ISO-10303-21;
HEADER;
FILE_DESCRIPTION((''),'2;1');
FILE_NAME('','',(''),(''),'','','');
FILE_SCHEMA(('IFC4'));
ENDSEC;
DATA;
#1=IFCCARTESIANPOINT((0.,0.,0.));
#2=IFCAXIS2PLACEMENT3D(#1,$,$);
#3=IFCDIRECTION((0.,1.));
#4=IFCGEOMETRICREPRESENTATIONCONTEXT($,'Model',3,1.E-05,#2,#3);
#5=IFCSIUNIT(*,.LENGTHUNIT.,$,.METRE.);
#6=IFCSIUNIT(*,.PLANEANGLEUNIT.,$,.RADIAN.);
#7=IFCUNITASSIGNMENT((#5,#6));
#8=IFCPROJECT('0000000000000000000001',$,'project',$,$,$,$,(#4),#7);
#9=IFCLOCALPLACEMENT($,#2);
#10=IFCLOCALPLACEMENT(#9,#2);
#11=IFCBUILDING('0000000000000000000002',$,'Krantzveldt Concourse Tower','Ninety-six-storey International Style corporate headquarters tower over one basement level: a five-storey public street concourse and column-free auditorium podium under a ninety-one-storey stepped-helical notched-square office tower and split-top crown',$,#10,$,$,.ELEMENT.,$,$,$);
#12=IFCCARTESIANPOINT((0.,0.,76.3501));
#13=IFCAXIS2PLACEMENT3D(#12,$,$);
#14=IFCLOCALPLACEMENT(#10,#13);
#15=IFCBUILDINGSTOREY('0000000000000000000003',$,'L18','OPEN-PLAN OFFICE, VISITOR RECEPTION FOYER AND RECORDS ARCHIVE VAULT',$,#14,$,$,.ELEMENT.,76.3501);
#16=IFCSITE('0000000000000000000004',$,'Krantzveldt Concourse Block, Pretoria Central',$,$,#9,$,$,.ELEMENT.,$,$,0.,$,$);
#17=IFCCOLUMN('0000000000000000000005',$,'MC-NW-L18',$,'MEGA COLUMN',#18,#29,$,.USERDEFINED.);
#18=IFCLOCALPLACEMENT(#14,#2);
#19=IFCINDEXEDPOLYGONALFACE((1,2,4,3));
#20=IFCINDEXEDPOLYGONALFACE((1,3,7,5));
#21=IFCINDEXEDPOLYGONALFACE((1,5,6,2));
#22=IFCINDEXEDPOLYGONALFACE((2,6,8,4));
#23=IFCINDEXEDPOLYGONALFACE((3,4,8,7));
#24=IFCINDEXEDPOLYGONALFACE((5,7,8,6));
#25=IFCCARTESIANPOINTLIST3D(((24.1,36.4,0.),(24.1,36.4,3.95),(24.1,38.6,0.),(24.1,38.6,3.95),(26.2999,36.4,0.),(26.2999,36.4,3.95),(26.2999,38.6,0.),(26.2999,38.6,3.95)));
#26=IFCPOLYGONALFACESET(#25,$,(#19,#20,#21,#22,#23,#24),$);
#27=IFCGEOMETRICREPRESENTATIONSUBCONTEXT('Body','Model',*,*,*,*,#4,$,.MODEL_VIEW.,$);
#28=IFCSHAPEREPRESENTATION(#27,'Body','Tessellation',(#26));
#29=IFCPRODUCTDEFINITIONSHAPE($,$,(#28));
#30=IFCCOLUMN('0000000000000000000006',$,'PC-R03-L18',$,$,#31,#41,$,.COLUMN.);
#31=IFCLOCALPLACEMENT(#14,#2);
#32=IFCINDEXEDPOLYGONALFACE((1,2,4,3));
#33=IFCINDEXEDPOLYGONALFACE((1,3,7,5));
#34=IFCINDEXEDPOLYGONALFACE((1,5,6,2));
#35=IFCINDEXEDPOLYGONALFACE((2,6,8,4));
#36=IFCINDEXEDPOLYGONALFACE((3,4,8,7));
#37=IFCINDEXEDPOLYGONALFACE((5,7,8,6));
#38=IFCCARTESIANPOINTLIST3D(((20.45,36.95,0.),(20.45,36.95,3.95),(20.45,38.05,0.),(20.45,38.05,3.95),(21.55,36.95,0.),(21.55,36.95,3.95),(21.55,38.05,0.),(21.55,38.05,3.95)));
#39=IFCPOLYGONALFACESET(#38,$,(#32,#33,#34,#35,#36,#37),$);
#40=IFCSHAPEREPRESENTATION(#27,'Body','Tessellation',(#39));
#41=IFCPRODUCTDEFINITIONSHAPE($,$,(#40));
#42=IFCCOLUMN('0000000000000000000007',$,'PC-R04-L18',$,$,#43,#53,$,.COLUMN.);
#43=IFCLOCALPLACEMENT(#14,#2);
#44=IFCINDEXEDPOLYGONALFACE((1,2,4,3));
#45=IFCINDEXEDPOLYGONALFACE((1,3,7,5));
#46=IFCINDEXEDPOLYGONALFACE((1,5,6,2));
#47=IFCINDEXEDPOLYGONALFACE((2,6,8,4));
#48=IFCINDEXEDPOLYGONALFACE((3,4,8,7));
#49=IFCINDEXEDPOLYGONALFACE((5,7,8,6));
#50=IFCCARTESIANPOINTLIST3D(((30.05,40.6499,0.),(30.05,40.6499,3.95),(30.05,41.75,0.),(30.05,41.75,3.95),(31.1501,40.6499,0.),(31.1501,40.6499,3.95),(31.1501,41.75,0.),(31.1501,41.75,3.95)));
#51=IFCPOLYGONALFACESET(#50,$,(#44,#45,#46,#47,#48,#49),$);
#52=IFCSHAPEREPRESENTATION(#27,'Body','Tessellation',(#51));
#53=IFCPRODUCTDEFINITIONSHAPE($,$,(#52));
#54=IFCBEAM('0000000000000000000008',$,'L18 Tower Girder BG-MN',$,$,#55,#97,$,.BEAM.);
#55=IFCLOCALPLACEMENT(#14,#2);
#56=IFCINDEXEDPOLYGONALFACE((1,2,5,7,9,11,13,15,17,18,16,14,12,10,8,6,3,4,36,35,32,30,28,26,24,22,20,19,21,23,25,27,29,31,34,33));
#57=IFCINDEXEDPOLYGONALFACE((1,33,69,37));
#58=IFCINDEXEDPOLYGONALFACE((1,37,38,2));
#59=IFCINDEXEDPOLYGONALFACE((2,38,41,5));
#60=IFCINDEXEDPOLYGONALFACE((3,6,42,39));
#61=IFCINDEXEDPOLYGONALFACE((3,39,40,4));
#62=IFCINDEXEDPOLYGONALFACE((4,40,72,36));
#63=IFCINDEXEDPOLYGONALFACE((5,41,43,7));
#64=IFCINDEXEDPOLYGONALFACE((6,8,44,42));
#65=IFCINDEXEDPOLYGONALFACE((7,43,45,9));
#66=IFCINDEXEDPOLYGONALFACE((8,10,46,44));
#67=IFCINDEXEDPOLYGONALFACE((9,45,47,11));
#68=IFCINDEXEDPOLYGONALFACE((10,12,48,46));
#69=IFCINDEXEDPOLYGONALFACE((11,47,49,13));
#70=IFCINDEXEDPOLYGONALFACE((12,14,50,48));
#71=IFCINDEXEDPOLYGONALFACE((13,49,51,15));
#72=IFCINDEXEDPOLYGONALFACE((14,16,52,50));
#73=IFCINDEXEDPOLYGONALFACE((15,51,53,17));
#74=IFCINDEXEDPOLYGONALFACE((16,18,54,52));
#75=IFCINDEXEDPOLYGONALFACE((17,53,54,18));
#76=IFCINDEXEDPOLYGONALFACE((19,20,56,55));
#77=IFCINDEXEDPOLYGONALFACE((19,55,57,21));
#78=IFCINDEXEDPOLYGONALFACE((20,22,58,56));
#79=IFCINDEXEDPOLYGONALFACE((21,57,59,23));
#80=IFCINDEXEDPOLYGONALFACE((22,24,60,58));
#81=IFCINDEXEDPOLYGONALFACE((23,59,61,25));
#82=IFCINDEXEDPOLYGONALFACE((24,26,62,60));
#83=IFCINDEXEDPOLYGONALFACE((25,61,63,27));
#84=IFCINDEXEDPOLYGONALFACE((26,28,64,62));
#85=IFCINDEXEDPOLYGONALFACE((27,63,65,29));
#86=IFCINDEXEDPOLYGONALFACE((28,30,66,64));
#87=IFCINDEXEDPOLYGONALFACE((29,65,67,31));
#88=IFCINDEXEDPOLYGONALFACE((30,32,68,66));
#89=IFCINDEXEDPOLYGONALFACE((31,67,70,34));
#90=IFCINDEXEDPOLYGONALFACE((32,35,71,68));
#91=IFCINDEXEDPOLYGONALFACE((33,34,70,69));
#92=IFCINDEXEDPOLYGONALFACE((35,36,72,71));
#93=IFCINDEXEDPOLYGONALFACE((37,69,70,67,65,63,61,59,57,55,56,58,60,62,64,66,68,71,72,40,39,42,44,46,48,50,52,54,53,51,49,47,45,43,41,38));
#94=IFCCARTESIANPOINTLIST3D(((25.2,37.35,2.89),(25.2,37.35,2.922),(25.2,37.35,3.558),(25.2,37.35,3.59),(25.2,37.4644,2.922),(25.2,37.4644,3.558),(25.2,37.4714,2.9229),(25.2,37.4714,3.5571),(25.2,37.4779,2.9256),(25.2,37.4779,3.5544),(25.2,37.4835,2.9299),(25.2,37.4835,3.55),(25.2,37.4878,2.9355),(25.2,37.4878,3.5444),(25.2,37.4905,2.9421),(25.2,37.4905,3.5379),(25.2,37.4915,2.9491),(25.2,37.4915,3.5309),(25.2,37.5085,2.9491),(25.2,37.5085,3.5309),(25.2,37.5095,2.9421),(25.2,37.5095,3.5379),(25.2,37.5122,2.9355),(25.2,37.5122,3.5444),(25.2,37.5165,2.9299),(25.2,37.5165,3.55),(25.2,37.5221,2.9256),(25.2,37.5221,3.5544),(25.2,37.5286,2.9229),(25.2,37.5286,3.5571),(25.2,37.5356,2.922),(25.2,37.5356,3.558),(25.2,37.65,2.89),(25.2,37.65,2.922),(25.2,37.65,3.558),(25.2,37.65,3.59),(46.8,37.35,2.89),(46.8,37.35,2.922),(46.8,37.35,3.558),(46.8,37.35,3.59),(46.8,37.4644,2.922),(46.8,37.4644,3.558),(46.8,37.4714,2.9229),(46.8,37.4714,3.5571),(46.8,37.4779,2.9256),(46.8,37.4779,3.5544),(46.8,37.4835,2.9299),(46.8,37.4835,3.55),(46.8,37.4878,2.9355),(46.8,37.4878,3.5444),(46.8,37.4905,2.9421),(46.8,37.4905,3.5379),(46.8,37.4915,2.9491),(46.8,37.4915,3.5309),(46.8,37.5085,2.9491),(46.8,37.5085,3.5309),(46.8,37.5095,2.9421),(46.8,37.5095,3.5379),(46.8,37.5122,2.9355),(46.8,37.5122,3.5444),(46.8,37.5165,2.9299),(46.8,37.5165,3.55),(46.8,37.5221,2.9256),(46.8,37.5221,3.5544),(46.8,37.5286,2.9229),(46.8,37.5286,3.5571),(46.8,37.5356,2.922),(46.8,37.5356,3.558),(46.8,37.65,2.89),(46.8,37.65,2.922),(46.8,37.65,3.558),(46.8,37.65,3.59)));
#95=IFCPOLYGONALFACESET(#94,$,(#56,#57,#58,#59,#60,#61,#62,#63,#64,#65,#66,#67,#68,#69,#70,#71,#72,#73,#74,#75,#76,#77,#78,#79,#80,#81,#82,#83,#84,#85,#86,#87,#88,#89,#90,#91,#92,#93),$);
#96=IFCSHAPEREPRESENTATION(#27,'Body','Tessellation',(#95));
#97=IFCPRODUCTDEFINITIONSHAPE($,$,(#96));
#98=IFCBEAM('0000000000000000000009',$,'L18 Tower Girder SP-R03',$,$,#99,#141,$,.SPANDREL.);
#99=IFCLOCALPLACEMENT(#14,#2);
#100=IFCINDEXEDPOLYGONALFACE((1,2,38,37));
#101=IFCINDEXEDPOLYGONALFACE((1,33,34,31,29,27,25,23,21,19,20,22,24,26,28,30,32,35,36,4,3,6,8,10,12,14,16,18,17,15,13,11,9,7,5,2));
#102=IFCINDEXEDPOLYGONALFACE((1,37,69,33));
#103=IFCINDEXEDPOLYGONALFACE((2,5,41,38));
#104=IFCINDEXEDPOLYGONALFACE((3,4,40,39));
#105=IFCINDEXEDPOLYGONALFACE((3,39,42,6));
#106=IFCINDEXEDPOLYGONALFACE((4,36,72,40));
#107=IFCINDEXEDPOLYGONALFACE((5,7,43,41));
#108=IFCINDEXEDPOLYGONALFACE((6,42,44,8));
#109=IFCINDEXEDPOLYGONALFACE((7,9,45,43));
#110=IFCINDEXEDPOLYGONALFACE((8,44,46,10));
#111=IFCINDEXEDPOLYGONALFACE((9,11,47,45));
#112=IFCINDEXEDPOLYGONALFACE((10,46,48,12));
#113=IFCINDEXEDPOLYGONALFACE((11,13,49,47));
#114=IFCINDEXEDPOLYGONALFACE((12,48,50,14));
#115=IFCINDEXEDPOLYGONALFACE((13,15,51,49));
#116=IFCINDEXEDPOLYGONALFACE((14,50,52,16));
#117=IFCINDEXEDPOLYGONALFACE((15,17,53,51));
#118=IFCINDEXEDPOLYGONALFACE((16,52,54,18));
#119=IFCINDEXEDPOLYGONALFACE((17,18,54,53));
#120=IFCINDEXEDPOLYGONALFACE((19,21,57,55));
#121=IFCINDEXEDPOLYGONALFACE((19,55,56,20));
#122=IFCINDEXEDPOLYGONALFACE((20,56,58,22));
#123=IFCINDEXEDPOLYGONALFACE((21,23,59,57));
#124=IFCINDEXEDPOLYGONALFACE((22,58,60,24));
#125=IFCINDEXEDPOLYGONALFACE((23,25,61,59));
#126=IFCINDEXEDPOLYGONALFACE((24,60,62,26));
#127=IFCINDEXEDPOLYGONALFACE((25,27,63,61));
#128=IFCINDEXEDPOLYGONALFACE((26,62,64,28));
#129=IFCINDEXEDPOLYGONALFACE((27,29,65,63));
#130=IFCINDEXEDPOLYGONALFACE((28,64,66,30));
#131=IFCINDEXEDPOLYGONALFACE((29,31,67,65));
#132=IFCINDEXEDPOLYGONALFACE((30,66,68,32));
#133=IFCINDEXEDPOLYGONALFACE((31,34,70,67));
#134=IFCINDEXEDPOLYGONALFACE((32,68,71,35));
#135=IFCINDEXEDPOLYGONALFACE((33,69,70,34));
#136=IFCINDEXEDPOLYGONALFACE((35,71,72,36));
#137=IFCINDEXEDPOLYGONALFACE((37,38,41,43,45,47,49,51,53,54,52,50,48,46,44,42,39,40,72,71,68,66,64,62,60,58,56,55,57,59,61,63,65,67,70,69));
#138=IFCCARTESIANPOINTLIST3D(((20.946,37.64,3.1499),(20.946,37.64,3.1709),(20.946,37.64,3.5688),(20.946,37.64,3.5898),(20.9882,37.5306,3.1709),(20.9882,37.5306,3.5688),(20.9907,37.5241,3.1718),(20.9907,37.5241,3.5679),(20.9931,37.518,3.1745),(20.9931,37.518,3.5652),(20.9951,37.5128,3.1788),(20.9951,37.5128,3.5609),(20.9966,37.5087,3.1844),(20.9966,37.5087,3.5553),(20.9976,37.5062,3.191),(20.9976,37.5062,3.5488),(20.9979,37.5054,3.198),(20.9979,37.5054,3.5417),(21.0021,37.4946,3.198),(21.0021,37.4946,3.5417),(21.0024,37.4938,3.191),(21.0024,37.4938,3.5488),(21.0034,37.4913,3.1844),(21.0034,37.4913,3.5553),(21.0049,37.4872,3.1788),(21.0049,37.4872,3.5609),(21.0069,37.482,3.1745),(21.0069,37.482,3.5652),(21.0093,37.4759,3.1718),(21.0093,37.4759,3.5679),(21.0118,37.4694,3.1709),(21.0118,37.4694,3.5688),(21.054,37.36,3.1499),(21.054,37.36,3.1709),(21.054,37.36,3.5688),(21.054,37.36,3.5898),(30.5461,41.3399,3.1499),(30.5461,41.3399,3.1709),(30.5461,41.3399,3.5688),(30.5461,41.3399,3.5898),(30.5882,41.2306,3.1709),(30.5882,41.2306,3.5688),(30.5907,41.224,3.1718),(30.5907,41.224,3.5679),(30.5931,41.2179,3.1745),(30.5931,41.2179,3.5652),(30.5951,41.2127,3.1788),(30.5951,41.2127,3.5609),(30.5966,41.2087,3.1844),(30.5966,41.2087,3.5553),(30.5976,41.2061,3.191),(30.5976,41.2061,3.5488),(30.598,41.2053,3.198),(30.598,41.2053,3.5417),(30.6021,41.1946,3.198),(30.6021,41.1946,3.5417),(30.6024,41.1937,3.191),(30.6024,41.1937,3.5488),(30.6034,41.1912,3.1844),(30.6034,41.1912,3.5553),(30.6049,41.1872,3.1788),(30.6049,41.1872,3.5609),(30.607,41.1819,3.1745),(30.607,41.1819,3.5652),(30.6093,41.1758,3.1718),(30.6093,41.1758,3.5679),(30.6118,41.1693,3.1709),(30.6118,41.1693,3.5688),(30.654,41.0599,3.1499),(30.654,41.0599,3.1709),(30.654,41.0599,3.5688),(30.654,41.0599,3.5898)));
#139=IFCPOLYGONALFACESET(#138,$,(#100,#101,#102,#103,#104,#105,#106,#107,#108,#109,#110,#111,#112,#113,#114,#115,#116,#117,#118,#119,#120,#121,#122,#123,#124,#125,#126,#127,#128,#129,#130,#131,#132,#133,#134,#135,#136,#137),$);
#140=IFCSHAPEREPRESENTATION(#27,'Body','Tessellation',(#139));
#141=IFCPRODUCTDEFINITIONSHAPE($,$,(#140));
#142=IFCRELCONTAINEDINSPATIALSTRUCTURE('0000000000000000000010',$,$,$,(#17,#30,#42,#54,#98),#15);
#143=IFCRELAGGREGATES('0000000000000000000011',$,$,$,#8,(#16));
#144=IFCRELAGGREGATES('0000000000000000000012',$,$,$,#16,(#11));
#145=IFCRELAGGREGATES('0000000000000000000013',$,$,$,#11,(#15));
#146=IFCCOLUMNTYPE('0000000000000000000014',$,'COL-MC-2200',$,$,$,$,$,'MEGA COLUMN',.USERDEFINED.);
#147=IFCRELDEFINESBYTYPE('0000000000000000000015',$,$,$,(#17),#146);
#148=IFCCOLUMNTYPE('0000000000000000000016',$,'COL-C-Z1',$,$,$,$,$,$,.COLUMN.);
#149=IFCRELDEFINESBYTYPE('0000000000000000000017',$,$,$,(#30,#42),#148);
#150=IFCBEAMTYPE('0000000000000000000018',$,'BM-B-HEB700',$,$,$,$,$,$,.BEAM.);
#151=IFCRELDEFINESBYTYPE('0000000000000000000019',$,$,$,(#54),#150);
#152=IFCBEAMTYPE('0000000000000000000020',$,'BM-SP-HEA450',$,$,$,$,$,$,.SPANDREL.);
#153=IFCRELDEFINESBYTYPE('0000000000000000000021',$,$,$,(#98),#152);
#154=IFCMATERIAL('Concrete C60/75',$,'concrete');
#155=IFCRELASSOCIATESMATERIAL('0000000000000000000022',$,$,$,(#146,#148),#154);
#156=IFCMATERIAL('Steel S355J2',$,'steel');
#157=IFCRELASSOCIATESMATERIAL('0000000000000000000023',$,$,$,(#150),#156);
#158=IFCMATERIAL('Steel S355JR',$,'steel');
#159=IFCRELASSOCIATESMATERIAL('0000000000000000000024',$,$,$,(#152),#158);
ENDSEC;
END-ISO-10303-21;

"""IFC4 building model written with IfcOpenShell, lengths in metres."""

from ifc_helpers import new_model, si_unit, direction, frame, origin, origin_2d, place, context, subcontext, project, spatial, rectangle, i_section, extrude, source, transform, mapped, material, material_profile, profile_set, type_object, type_shapes, element, save


model = new_model("IFC4")

# Units and contexts
model_context = context("Model", 3, precision=1e-05, world=origin(), true_north=direction((0.0, 1.0)))
body_context = subcontext(model_context, "Body", "Model", "MODEL_VIEW")
ifc_project = project(units=[si_unit("LENGTHUNIT", "METRE"), si_unit("PLANEANGLEUNIT", "RADIAN")], contexts=[model_context])

# Site, building, storey
site_placement = place(None, origin())
site = spatial("IfcSite", under=ifc_project, at=site_placement, Name="Krantzveldt Concourse Block, Pretoria Central", CompositionType="ELEMENT", RefElevation=0.0)
building_placement = place(site_placement, origin())
building = spatial("IfcBuilding", under=site, at=building_placement, Name="Krantzveldt Concourse Tower", Description="Ninety-six-storey International Style corporate headquarters tower over one basement level: a five-storey public street concourse and column-free auditorium podium under a ninety-one-storey stepped-helical notched-square office tower and split-top crown", CompositionType="ELEMENT")
storey_placement = place(building_placement, frame((0.0, 0.0, 76.3501)))
storey = spatial("IfcBuildingStorey", under=building, at=storey_placement, Name="L18", Description="OPEN-PLAN OFFICE, VISITOR RECEPTION FOYER AND RECORDS ARCHIVE VAULT", CompositionType="ELEMENT", Elevation=76.3501)

# Columns
ifc_material_1 = material(Name="Concrete C60/75", Category="concrete")
ifc_material_profile_1 = material_profile(ifc_material_1, rectangle(XDim=2.2, YDim=2.2, at=origin_2d()), Name="Concrete C60/75", Category="concrete")
ifc_profile_set_1 = profile_set([ifc_material_profile_1], Name="Concrete C60/75 - RC 2200x2200")
column_type_1 = type_object("IfcColumnType", Name="COL-MC-2200", ElementType="MEGA COLUMN", PredefinedType="USERDEFINED", material=ifc_profile_set_1)
shared_shape_1 = source(origin(), body_context, "Body", "SweptSolid", [
    extrude(rectangle(XDim=2.2, YDim=2.2, at=origin_2d()), origin(), (0.0, 0.0, 1.0), 3.95),
])
type_shapes(column_type_1, [shared_shape_1])
column_placement = place(storey_placement, frame((25.2, 37.5, 0.0), z_axis=(0.0, 0.0, 1.0), x_axis=(1.0, 0.0, 0.0)))
element("IfcColumn", 1, at=column_placement, inside=storey, type_object=column_type_1, Name="MC-NW-L18", ObjectType="MEGA COLUMN", PredefinedType="USERDEFINED", context=body_context, shape_type="MappedRepresentation", body=[
    mapped(shared_shape_1, transform((0.0, 0.0, 0.0), x_axis=(1.0, 0.0, 0.0), y_axis=(0.0, 1.0, 0.0), z_axis=(0.0, 0.0, 1.0), scale=1.0)),
])
ifc_material_profile_2 = material_profile(ifc_material_1, rectangle(XDim=1.1001, YDim=1.1001, at=origin_2d()), Name="Concrete C60/75", Category="concrete")
ifc_profile_set_2 = profile_set([ifc_material_profile_2], Name="Concrete C60/75 - RC 1100x1100")
column_type_2 = type_object("IfcColumnType", Name="COL-C-Z1", PredefinedType="COLUMN", material=ifc_profile_set_2)
shared_shape_2 = source(origin(), body_context, "Body", "SweptSolid", [
    extrude(rectangle(XDim=1.1001, YDim=1.1001, at=origin_2d()), origin(), (0.0, 0.0, 1.0), 3.95),
])
type_shapes(column_type_2, [shared_shape_2])
for number, where, z_axis, x_axis, name in (
    (2, (21.0, 37.5, 0.0), (0.0, 0.0, 1.0), (1.0, 0.0, 0.0), "PC-R03-L18"),
    (3, (30.6001, 41.2, 0.0), (0.0, 0.0, 1.0), (1.0, 0.0, 0.0), "PC-R04-L18"),
):
    element("IfcColumn", number, at=place(storey_placement, frame(where, z_axis=z_axis, x_axis=x_axis)), inside=storey, type_object=column_type_2, Name=name, PredefinedType="COLUMN", context=body_context, shape_type="MappedRepresentation", body=[
        mapped(shared_shape_2, transform((0.0, 0.0, 0.0), x_axis=(1.0, 0.0, 0.0), y_axis=(0.0, 1.0, 0.0), z_axis=(0.0, 0.0, 1.0), scale=1.0)),
    ])

# Beams
ifc_material_2 = material(Name="Steel S355J2", Category="steel")
ifc_material_profile_3 = material_profile(ifc_material_2, i_section(OverallWidth=0.3, OverallDepth=0.7, WebThickness=0.0171, FlangeThickness=0.032, FilletRadius=0.0271, at=origin_2d()), Name="Steel S355J2", Category="steel")
ifc_profile_set_3 = profile_set([ifc_material_profile_3], Name="Steel S355J2 - HEB 700")
beam_type_1 = type_object("IfcBeamType", Name="BM-B-HEB700", PredefinedType="BEAM", material=ifc_profile_set_3)
shared_shape_3 = source(origin(), body_context, "Body", "SweptSolid", [
    extrude(i_section(OverallWidth=0.3, OverallDepth=0.7, WebThickness=0.0171, FlangeThickness=0.032, FilletRadius=0.0271, at=origin_2d()), origin(), (0.0, 0.0, 1.0), 21.6001),
])
type_shapes(beam_type_1, [shared_shape_3])
beam_1_placement = place(storey_placement, frame((25.2, 37.5, 3.24), z_axis=(1.0, 0.0, 0.0), x_axis=(0.0, 1.0, 0.0)))
element("IfcBeam", 4, at=beam_1_placement, inside=storey, type_object=beam_type_1, Name="L18 Tower Girder BG-MN", PredefinedType="BEAM", context=body_context, shape_type="MappedRepresentation", body=[
    mapped(shared_shape_3, transform((0.0, 0.0, 0.0), x_axis=(1.0, 0.0, 0.0), y_axis=(0.0, 1.0, 0.0), z_axis=(0.0, 0.0, 1.0), scale=1.0)),
])
ifc_material_3 = material(Name="Steel S355JR", Category="steel")
ifc_material_profile_4 = material_profile(ifc_material_3, i_section(OverallWidth=0.3, OverallDepth=0.4399, WebThickness=0.0115, FlangeThickness=0.021, FilletRadius=0.0271, at=origin_2d()), Name="Steel S355JR", Category="steel")
ifc_profile_set_4 = profile_set([ifc_material_profile_4], Name="Steel S355JR - HEA 450")
beam_type_2 = type_object("IfcBeamType", Name="BM-SP-HEA450", PredefinedType="SPANDREL", material=ifc_profile_set_4)
shared_shape_4 = source(origin(), body_context, "Body", "SweptSolid", [
    extrude(i_section(OverallWidth=0.3, OverallDepth=0.4399, WebThickness=0.0115, FlangeThickness=0.021, FilletRadius=0.0271, at=origin_2d()), origin(), (0.0, 0.0, 1.0), 10.2883),
])
beam_2_placement = place(storey_placement, frame((21.0, 37.5, 3.3699), z_axis=(0.933098, 0.359623, 0.0), x_axis=(-0.359623, 0.933098, 0.0)))
element("IfcBeam", 5, at=beam_2_placement, inside=storey, type_object=beam_type_2, Name="L18 Tower Girder SP-R03", PredefinedType="SPANDREL", context=body_context, shape_type="MappedRepresentation", body=[
    mapped(shared_shape_4, transform((0.0, 0.0, 0.0), x_axis=(1.0, 0.0, 0.0), y_axis=(0.0, 1.0, 0.0), z_axis=(0.0, 0.0, 1.0), scale=1.0)),
])

save(model, "model.ifc")
